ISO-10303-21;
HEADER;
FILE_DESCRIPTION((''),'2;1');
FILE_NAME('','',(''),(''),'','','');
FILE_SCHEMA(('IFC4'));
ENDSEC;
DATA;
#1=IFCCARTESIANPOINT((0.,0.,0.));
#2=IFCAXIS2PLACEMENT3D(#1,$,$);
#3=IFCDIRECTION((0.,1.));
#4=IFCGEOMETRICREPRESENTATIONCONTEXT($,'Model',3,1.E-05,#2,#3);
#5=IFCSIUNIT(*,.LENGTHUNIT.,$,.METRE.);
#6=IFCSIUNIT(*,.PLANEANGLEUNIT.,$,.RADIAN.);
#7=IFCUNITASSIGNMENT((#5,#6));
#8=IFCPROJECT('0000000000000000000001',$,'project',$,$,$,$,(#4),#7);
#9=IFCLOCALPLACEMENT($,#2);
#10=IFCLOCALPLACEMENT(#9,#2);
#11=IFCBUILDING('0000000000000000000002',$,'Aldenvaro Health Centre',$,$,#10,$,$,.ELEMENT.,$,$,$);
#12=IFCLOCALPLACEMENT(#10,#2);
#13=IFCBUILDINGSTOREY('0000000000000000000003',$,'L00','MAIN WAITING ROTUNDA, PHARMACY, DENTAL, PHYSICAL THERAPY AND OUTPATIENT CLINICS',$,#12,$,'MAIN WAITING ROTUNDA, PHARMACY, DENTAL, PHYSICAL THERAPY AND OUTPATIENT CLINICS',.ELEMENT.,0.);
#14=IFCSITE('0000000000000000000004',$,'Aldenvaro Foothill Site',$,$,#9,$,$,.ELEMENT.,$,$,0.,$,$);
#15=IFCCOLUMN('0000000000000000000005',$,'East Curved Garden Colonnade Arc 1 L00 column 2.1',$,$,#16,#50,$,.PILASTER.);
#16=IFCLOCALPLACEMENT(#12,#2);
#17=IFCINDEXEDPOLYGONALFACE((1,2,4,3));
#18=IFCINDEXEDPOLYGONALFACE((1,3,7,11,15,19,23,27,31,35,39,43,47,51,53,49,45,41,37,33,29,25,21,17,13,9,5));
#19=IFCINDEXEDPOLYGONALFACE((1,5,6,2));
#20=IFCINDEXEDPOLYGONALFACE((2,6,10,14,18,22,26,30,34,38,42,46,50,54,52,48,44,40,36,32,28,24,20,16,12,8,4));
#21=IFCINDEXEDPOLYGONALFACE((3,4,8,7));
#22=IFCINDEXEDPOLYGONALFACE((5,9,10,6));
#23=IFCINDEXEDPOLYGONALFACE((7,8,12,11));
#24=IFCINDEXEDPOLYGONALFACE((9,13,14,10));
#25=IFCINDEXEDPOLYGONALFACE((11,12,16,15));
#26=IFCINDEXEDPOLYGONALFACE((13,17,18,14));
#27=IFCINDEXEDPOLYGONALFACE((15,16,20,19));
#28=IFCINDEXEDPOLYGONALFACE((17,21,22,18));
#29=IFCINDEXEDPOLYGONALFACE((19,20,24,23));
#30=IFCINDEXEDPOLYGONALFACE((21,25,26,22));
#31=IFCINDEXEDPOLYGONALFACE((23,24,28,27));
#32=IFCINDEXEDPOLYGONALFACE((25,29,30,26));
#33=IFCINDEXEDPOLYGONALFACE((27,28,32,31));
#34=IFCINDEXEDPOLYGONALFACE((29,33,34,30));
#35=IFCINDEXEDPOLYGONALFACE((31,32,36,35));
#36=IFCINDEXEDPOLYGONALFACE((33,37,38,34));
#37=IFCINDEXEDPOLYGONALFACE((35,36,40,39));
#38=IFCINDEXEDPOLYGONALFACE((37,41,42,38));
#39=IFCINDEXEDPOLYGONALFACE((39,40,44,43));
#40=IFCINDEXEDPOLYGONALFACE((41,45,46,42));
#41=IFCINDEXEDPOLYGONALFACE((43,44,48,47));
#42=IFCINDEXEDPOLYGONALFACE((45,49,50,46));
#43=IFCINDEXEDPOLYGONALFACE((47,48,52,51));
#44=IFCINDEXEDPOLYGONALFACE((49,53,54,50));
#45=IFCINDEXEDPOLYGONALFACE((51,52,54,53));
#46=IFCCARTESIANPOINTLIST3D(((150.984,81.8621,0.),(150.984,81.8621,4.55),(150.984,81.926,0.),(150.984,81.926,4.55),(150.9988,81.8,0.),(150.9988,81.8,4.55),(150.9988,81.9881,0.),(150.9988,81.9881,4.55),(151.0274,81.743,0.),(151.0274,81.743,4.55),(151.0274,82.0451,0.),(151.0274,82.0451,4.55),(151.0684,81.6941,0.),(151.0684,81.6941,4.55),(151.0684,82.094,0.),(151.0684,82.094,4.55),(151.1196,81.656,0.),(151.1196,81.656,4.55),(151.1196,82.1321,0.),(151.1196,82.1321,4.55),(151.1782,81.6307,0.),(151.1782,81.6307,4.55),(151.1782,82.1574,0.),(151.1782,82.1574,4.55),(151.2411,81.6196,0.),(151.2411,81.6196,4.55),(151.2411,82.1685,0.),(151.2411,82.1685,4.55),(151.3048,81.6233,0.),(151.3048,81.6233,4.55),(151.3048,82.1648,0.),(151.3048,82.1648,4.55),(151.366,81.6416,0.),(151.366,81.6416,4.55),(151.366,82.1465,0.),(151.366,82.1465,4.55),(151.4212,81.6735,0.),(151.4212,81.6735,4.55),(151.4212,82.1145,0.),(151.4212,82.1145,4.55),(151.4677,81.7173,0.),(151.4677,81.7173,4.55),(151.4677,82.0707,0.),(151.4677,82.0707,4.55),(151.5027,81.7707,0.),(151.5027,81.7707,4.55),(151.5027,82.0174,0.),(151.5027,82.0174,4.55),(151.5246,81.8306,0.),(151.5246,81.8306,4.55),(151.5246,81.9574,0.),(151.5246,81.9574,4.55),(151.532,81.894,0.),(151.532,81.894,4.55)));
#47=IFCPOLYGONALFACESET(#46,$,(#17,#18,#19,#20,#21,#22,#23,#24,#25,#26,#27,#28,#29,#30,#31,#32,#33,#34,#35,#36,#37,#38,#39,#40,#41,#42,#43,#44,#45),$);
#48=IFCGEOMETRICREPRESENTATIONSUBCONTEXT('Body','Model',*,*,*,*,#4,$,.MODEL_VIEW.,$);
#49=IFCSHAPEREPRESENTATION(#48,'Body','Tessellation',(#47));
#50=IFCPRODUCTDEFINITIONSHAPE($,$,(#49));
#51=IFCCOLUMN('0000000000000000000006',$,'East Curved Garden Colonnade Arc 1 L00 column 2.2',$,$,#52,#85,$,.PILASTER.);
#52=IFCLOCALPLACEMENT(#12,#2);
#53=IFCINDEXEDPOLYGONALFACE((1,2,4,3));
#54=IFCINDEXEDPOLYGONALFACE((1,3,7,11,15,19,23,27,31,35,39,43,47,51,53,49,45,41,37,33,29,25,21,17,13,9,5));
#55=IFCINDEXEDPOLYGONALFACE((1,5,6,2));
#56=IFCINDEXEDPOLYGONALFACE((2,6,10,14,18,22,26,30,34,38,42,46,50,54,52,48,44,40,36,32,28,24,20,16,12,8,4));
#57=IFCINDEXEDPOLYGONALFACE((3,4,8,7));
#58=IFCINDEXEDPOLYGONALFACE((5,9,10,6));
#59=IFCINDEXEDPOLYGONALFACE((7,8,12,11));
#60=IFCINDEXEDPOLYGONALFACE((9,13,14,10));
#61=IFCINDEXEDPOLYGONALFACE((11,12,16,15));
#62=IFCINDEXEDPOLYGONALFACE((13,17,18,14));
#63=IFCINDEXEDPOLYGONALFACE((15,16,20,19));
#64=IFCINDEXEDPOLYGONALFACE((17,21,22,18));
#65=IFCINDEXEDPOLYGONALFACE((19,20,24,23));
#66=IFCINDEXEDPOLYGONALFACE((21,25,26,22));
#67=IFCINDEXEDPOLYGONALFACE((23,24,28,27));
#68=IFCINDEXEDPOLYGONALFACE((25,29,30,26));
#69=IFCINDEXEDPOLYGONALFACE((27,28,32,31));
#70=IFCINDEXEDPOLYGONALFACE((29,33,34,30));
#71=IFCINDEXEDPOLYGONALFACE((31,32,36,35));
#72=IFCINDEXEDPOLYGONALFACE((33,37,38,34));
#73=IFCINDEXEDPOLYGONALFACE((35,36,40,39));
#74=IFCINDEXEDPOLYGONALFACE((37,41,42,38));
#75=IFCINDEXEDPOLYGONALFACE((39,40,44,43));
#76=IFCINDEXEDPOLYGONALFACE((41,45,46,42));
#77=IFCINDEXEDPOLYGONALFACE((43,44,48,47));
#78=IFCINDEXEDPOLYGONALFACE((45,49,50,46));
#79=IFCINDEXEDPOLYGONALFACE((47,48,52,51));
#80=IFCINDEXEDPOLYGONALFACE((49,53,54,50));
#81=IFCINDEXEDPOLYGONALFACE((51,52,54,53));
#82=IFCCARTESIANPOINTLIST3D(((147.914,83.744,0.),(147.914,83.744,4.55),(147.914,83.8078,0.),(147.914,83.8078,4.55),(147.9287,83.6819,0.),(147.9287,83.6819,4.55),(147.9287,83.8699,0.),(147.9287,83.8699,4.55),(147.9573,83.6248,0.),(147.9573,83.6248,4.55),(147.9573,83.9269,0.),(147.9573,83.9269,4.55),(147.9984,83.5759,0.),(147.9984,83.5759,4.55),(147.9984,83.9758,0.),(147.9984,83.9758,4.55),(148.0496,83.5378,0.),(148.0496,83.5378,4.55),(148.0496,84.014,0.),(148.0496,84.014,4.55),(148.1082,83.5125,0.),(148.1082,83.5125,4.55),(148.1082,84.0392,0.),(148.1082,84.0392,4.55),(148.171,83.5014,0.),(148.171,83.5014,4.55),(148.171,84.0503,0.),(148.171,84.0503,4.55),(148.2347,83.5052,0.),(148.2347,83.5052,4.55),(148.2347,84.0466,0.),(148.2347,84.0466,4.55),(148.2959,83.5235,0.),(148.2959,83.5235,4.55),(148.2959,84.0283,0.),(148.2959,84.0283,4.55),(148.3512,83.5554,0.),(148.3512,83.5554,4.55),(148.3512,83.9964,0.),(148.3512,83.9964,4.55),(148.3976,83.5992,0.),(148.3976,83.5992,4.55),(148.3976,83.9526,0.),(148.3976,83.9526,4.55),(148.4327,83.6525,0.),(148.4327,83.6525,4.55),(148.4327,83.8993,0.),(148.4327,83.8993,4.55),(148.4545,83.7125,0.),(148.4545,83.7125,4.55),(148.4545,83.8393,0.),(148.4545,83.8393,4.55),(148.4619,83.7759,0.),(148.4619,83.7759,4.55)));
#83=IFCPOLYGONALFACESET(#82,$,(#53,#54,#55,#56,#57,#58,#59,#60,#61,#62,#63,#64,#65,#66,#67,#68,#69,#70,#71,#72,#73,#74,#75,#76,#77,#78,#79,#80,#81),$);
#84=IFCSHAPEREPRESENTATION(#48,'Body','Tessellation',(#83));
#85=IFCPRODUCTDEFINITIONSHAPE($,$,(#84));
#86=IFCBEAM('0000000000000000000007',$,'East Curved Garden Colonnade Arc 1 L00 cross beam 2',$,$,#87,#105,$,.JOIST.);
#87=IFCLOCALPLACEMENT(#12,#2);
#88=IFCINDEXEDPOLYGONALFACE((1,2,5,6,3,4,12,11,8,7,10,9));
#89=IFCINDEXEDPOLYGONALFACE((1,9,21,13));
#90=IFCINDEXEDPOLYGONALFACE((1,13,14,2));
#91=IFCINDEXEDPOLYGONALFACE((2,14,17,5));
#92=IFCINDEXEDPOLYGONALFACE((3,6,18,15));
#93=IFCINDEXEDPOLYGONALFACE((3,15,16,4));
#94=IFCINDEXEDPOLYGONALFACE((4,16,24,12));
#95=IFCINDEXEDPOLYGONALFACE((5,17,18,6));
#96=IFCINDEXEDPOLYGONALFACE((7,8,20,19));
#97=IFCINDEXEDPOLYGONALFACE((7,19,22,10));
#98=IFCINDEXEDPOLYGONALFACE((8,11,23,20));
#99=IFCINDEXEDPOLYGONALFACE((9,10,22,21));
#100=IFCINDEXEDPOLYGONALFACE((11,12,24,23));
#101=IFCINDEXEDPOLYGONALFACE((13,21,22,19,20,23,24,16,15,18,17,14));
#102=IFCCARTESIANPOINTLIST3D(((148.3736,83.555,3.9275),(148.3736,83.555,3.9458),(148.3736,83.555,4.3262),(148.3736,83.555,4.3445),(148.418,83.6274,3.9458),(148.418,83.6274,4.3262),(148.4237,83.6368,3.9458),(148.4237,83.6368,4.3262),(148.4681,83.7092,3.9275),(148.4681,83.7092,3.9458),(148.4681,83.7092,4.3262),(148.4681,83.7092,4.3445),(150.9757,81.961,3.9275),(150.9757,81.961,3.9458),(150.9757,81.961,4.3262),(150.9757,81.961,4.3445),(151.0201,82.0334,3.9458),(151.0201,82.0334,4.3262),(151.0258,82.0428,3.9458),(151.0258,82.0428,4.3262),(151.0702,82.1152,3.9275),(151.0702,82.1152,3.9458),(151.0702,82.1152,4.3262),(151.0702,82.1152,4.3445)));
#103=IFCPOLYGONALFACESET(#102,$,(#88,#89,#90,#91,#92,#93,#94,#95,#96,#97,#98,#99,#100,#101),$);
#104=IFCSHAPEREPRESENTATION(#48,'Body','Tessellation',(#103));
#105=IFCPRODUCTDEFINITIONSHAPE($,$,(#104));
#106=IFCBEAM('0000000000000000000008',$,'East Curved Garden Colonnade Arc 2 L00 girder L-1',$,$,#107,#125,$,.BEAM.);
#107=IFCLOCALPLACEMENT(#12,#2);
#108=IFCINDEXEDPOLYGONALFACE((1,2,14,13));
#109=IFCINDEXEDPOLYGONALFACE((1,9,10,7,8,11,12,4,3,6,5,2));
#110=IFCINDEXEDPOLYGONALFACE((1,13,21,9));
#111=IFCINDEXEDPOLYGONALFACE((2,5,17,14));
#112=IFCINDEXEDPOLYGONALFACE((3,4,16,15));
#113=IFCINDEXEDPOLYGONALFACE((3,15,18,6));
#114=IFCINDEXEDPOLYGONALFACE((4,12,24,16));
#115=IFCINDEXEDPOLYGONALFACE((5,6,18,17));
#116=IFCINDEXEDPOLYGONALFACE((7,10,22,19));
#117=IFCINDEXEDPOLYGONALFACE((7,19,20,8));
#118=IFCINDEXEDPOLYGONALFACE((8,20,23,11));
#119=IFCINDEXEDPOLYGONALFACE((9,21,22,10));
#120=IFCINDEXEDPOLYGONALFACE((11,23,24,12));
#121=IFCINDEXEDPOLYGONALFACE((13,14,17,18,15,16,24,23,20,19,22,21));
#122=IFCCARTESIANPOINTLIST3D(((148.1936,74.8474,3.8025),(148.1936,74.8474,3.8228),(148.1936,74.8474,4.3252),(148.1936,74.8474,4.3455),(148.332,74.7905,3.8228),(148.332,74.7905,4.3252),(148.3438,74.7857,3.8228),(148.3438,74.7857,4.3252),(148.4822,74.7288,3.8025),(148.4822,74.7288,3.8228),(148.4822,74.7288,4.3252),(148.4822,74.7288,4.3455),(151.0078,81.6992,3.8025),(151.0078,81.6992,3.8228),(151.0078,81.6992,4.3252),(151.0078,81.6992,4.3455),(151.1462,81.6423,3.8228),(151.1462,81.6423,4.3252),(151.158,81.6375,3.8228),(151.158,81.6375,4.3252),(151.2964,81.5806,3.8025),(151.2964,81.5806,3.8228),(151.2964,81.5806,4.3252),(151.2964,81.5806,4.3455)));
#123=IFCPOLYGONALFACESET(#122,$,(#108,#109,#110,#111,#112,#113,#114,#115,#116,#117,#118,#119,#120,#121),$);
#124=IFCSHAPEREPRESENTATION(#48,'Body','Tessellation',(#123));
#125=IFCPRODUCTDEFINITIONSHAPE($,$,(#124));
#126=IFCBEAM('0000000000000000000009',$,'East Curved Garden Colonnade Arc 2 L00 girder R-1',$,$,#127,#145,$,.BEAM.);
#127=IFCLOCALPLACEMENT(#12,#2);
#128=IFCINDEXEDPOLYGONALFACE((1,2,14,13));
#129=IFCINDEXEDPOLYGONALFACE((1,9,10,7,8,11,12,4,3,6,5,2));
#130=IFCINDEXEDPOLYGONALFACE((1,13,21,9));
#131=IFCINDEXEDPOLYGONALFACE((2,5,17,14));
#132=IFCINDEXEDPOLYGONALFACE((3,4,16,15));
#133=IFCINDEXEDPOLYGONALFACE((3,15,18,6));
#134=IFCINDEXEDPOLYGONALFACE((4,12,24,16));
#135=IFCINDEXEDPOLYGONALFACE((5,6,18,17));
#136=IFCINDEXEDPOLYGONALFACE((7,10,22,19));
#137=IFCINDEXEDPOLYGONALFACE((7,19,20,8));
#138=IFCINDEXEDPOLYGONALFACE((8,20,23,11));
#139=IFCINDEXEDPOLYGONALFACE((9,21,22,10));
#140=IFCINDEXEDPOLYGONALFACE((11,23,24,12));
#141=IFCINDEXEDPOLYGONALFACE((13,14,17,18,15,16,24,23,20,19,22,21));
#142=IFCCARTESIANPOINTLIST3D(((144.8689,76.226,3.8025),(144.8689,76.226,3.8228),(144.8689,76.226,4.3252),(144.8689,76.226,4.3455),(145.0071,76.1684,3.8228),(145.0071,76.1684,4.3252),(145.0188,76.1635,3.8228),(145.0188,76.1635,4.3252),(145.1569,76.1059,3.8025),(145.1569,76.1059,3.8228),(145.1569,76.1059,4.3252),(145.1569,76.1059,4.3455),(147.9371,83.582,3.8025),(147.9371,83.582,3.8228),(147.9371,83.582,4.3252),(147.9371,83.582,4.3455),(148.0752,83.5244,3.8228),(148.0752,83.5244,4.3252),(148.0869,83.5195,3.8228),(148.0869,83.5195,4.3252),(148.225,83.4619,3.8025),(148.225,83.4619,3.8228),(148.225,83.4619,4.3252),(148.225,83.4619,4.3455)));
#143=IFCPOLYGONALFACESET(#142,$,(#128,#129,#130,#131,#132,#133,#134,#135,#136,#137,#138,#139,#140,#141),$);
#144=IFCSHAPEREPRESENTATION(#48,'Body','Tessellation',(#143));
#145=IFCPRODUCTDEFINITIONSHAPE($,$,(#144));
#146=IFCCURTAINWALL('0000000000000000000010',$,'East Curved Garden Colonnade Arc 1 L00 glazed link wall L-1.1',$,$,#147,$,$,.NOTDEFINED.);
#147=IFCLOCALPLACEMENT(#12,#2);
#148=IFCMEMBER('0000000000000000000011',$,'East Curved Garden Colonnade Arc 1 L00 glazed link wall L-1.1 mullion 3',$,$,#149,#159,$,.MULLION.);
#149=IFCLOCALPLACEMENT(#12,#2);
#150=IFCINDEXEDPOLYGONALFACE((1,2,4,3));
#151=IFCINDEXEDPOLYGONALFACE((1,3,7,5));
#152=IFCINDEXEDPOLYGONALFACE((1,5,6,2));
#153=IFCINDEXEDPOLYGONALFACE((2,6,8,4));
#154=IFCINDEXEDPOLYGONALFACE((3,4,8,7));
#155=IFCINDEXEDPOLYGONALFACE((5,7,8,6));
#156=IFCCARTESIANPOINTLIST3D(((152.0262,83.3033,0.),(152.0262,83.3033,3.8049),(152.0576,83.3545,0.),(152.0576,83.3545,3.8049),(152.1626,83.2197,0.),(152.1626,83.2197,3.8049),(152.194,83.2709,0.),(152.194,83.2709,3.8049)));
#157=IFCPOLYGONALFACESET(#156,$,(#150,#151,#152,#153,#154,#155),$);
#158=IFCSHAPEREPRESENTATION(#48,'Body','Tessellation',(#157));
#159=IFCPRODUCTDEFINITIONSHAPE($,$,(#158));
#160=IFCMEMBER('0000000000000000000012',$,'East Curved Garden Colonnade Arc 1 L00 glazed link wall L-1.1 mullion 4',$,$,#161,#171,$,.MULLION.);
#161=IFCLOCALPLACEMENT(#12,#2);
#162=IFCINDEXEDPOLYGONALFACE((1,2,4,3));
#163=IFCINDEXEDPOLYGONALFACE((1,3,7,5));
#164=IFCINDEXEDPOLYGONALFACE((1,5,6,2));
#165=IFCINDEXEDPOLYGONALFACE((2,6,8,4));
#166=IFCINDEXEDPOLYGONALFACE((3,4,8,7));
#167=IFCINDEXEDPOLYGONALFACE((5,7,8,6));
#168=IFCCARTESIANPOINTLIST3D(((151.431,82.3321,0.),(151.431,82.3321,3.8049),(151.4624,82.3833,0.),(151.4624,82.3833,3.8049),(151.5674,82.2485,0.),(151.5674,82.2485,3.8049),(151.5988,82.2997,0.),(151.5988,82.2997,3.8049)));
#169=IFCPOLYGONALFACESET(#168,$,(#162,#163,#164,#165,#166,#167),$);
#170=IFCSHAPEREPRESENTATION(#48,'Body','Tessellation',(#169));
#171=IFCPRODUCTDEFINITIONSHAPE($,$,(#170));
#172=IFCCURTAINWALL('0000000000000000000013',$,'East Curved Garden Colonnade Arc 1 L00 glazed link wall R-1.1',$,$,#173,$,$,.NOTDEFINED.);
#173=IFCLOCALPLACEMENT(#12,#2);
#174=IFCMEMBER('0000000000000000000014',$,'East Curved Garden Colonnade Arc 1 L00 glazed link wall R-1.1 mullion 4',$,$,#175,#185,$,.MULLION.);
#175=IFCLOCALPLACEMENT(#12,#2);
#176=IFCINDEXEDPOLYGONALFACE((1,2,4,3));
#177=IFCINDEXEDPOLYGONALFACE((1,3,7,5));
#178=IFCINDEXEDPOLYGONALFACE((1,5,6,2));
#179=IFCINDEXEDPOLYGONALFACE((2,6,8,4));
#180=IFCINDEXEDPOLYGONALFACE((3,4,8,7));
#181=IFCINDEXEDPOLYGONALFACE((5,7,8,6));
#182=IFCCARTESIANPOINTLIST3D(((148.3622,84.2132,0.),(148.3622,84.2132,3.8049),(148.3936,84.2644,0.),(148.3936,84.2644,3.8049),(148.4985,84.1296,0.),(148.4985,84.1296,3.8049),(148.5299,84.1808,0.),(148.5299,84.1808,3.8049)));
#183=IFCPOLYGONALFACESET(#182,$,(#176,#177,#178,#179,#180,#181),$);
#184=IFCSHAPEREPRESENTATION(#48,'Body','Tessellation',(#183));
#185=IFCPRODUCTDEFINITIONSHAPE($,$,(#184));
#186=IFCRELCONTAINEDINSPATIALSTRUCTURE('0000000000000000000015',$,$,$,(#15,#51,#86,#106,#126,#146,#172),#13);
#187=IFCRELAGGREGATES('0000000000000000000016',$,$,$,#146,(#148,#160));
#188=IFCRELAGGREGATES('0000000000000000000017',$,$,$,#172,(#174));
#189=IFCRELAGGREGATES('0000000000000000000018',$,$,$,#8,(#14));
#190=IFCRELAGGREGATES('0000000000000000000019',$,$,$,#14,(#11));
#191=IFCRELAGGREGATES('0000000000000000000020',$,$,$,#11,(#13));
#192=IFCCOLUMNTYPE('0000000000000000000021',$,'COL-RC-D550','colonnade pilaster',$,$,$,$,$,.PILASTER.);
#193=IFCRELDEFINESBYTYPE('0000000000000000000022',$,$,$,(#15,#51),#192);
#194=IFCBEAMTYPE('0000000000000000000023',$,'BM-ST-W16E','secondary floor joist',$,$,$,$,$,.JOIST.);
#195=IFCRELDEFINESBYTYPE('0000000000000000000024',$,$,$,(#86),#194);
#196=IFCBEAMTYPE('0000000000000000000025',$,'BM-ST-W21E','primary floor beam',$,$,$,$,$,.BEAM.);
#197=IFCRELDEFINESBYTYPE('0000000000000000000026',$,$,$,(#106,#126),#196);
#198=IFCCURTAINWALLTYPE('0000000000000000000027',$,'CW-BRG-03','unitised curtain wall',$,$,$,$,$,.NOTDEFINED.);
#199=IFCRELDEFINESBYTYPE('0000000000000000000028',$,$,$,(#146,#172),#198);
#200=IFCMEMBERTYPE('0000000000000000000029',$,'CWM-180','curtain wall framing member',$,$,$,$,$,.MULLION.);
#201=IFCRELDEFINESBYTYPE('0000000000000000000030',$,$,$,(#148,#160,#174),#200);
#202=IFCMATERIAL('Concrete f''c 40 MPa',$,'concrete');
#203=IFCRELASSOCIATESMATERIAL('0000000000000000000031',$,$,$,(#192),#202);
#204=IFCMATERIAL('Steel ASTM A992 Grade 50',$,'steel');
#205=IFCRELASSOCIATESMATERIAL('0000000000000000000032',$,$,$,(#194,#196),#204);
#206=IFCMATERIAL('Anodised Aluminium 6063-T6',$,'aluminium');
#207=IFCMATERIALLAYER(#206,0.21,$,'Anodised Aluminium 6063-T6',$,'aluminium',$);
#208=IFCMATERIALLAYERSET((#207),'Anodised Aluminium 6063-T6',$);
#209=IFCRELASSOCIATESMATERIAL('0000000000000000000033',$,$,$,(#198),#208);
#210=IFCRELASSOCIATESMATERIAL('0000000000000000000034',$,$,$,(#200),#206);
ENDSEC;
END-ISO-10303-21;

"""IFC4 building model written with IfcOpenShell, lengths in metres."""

from ifc_helpers import new_model, si_unit, direction, frame, origin, origin_2d, place, context, subcontext, project, spatial, rectangle, circle, i_section, extrude, material, layer, layer_set, material_profile, profile_set, type_object, element, aggregate, save


model = new_model("IFC4")

# Units and contexts
model_context = context("Model", 3, precision=1e-05, world=origin(), true_north=direction((0.0, 1.0)))
body_context = subcontext(model_context, "Body", "Model", "MODEL_VIEW")
ifc_project = project(units=[si_unit("LENGTHUNIT", "METRE"), si_unit("PLANEANGLEUNIT", "RADIAN")], contexts=[model_context])

# Site, building, storey
site_placement = place(None, origin())
site = spatial("IfcSite", under=ifc_project, at=site_placement, Name="Aldenvaro Foothill Site", CompositionType="ELEMENT", RefElevation=0.0)
building_placement = place(site_placement, origin())
building = spatial("IfcBuilding", under=site, at=building_placement, Name="Aldenvaro Health Centre", CompositionType="ELEMENT")
storey_placement = place(building_placement, origin())
storey = spatial("IfcBuildingStorey", under=building, at=storey_placement, Name="L00", Description="MAIN WAITING ROTUNDA, PHARMACY, DENTAL, PHYSICAL THERAPY AND OUTPATIENT CLINICS", LongName="MAIN WAITING ROTUNDA, PHARMACY, DENTAL, PHYSICAL THERAPY AND OUTPATIENT CLINICS", CompositionType="ELEMENT", Elevation=0.0)

# Columns
ifc_material_1 = material(Name="Concrete f'c 40 MPa", Category="concrete")
ifc_material_profile_1 = material_profile(ifc_material_1, circle(Radius=0.2749, at=origin_2d()), Name="RC D550", Category="concrete")
ifc_profile_set_1 = profile_set([ifc_material_profile_1], Name="Concrete f'c 40 MPa")
column_type = type_object("IfcColumnType", Name="COL-RC-D550", Description="colonnade pilaster", PredefinedType="PILASTER", material=ifc_profile_set_1)
for number, where, z_axis, x_axis, name in (
    (1, (151.2571, 81.894, 0.0), (0.0, 0.0, 1.0), (1.0, 0.0, 0.0), "East Curved Garden Colonnade Arc 1 L00 column 2.1"),
    (2, (148.187, 83.7759, 0.0), (0.0, 0.0, 1.0), (1.0, 0.0, 0.0), "East Curved Garden Colonnade Arc 1 L00 column 2.2"),
):
    element("IfcColumn", number, at=place(storey_placement, frame(where, z_axis=z_axis, x_axis=x_axis)), inside=storey, type_object=column_type, Name=name, PredefinedType="PILASTER", context=body_context, shape_type="SweptSolid", body=[
        extrude(circle(Radius=0.2749, at=origin_2d()), origin(), (0.0, 0.0, 1.0), 4.55),
    ])

# Beams
ifc_material_2 = material(Name="Steel ASTM A992 Grade 50", Category="steel")
ifc_material_profile_2 = material_profile(ifc_material_2, i_section(OverallWidth=0.1809, OverallDepth=0.417, WebThickness=0.011, FlangeThickness=0.0183, at=origin_2d()), Name="W16X57", Category="steel")
ifc_profile_set_2 = profile_set([ifc_material_profile_2], Name="Steel ASTM A992 Grade 50")
beam_type_1 = type_object("IfcBeamType", Name="BM-ST-W16E", Description="secondary floor joist", PredefinedType="JOIST", material=ifc_profile_set_2)
beam_1_placement = place(storey_placement, frame((151.0229, 82.0381, 4.136), z_axis=(-0.85272, 0.522369, 0.0), x_axis=(-0.522369, -0.85272, 0.0)))
element("IfcBeam", 3, at=beam_1_placement, inside=storey, type_object=beam_type_1, Name="East Curved Garden Colonnade Arc 1 L00 cross beam 2", PredefinedType="JOIST", context=body_context, shape_type="SweptSolid", body=[
    extrude(i_section(OverallWidth=0.1809, OverallDepth=0.417, WebThickness=0.011, FlangeThickness=0.0183, at=origin_2d()), origin(), (0.0, 0.0, 1.0), 3.0515),
])
ifc_material_profile_3 = material_profile(ifc_material_2, i_section(OverallWidth=0.312, OverallDepth=0.543, WebThickness=0.0127, FlangeThickness=0.0203, at=origin_2d()), Name="W21X101", Category="steel")
ifc_profile_set_3 = profile_set([ifc_material_profile_3], Name="Steel ASTM A992 Grade 50")
beam_type_2 = type_object("IfcBeamType", Name="BM-ST-W21E", Description="primary floor beam", PredefinedType="BEAM", material=ifc_profile_set_3)
beam_2_placement = place(storey_placement, frame((151.1521, 81.6399, 4.074), z_axis=(-0.379927, -0.925016, 0.0), x_axis=(0.925016, -0.379927, 0.0)))
element("IfcBeam", 4, at=beam_2_placement, inside=storey, type_object=beam_type_2, Name="East Curved Garden Colonnade Arc 2 L00 girder L-1", PredefinedType="BEAM", context=body_context, shape_type="SweptSolid", body=[
    extrude(i_section(OverallWidth=0.312, OverallDepth=0.543, WebThickness=0.0127, FlangeThickness=0.0203, at=origin_2d()), origin(), (0.0, 0.0, 1.0), 7.4072),
])
beam_3_placement = place(storey_placement, frame((148.0811, 83.522, 4.074), z_axis=(-0.38495, -0.922937, 0.0), x_axis=(0.922937, -0.38495, 0.0)))
element("IfcBeam", 5, at=beam_3_placement, inside=storey, type_object=beam_type_2, Name="East Curved Garden Colonnade Arc 2 L00 girder R-1", PredefinedType="BEAM", context=body_context, shape_type="SweptSolid", body=[
    extrude(i_section(OverallWidth=0.312, OverallDepth=0.543, WebThickness=0.0127, FlangeThickness=0.0203, at=origin_2d()), origin(), (0.0, 0.0, 1.0), 7.9702),
])

# Curtain wall, members
ifc_material_3 = material(Name="Anodised Aluminium 6063-T6", Category="aluminium")
ifc_layer_1 = layer(ifc_material_3, 0.21, Name="Anodised Aluminium 6063-T6", Category="aluminium")
ifc_layer_set_1 = layer_set([ifc_layer_1], Name="Anodised Aluminium 6063-T6")
curtain_wall_type = type_object("IfcCurtainWallType", Name="CW-BRG-03", Description="unitised curtain wall", PredefinedType="NOTDEFINED", material=ifc_layer_set_1)
curtain_wall_1_placement = place(storey_placement, origin())
curtain_wall_1 = element("IfcCurtainWall", 6, at=curtain_wall_1_placement, inside=storey, type_object=curtain_wall_type, Name="East Curved Garden Colonnade Arc 1 L00 glazed link wall L-1.1", PredefinedType="NOTDEFINED")
ifc_material_profile_4 = material_profile(ifc_material_3, rectangle(XDim=0.0601, YDim=0.1599, at=origin_2d()), Name="ALU 60x160", Category="aluminium")
ifc_profile_set_4 = profile_set([ifc_material_profile_4], Name="Anodised Aluminium 6063-T6")
member_type_1 = type_object("IfcMemberType", Name="CWM-180", Description="curtain wall framing member", PredefinedType="MULLION", material=ifc_profile_set_4)
member_1_placement = place(storey_placement, frame((152.1101, 83.2871, 0.0), z_axis=(0.0, 0.0, 1.0), x_axis=(-0.52261, -0.852572, 0.0)))
member_1 = element("IfcMember", 7, at=member_1_placement, type_object=member_type_1, Name="East Curved Garden Colonnade Arc 1 L00 glazed link wall L-1.1 mullion 3", PredefinedType="MULLION", context=body_context, shape_type="SweptSolid", body=[
    extrude(rectangle(XDim=0.0601, YDim=0.1599, at=origin_2d()), origin(), (0.0, 0.0, 1.0), 3.8049),
])
member_2_placement = place(storey_placement, frame((151.5149, 82.3159, 0.0), z_axis=(0.0, 0.0, 1.0), x_axis=(-0.52261, -0.852572, 0.0)))
member_2 = element("IfcMember", 8, at=member_2_placement, type_object=member_type_1, Name="East Curved Garden Colonnade Arc 1 L00 glazed link wall L-1.1 mullion 4", PredefinedType="MULLION", context=body_context, shape_type="SweptSolid", body=[
    extrude(rectangle(XDim=0.0601, YDim=0.1599, at=origin_2d()), origin(), (0.0, 0.0, 1.0), 3.8049),
])

# Curtain wall, member
curtain_wall_2_placement = place(storey_placement, origin())
curtain_wall_2 = element("IfcCurtainWall", 9, at=curtain_wall_2_placement, inside=storey, type_object=curtain_wall_type, Name="East Curved Garden Colonnade Arc 1 L00 glazed link wall R-1.1", PredefinedType="NOTDEFINED")
member_3_placement = place(storey_placement, frame((148.446, 84.197, 0.0), z_axis=(0.0, 0.0, 1.0), x_axis=(-0.522528, -0.852622, 0.0)))
member_3 = element("IfcMember", 10, at=member_3_placement, type_object=member_type_1, Name="East Curved Garden Colonnade Arc 1 L00 glazed link wall R-1.1 mullion 4", PredefinedType="MULLION", context=body_context, shape_type="SweptSolid", body=[
    extrude(rectangle(XDim=0.0601, YDim=0.1599, at=origin_2d()), origin(), (0.0, 0.0, 1.0), 3.8049),
])

aggregate(curtain_wall_1, [member_1, member_2])
aggregate(curtain_wall_2, [member_3])

save(model, "model.ifc")
